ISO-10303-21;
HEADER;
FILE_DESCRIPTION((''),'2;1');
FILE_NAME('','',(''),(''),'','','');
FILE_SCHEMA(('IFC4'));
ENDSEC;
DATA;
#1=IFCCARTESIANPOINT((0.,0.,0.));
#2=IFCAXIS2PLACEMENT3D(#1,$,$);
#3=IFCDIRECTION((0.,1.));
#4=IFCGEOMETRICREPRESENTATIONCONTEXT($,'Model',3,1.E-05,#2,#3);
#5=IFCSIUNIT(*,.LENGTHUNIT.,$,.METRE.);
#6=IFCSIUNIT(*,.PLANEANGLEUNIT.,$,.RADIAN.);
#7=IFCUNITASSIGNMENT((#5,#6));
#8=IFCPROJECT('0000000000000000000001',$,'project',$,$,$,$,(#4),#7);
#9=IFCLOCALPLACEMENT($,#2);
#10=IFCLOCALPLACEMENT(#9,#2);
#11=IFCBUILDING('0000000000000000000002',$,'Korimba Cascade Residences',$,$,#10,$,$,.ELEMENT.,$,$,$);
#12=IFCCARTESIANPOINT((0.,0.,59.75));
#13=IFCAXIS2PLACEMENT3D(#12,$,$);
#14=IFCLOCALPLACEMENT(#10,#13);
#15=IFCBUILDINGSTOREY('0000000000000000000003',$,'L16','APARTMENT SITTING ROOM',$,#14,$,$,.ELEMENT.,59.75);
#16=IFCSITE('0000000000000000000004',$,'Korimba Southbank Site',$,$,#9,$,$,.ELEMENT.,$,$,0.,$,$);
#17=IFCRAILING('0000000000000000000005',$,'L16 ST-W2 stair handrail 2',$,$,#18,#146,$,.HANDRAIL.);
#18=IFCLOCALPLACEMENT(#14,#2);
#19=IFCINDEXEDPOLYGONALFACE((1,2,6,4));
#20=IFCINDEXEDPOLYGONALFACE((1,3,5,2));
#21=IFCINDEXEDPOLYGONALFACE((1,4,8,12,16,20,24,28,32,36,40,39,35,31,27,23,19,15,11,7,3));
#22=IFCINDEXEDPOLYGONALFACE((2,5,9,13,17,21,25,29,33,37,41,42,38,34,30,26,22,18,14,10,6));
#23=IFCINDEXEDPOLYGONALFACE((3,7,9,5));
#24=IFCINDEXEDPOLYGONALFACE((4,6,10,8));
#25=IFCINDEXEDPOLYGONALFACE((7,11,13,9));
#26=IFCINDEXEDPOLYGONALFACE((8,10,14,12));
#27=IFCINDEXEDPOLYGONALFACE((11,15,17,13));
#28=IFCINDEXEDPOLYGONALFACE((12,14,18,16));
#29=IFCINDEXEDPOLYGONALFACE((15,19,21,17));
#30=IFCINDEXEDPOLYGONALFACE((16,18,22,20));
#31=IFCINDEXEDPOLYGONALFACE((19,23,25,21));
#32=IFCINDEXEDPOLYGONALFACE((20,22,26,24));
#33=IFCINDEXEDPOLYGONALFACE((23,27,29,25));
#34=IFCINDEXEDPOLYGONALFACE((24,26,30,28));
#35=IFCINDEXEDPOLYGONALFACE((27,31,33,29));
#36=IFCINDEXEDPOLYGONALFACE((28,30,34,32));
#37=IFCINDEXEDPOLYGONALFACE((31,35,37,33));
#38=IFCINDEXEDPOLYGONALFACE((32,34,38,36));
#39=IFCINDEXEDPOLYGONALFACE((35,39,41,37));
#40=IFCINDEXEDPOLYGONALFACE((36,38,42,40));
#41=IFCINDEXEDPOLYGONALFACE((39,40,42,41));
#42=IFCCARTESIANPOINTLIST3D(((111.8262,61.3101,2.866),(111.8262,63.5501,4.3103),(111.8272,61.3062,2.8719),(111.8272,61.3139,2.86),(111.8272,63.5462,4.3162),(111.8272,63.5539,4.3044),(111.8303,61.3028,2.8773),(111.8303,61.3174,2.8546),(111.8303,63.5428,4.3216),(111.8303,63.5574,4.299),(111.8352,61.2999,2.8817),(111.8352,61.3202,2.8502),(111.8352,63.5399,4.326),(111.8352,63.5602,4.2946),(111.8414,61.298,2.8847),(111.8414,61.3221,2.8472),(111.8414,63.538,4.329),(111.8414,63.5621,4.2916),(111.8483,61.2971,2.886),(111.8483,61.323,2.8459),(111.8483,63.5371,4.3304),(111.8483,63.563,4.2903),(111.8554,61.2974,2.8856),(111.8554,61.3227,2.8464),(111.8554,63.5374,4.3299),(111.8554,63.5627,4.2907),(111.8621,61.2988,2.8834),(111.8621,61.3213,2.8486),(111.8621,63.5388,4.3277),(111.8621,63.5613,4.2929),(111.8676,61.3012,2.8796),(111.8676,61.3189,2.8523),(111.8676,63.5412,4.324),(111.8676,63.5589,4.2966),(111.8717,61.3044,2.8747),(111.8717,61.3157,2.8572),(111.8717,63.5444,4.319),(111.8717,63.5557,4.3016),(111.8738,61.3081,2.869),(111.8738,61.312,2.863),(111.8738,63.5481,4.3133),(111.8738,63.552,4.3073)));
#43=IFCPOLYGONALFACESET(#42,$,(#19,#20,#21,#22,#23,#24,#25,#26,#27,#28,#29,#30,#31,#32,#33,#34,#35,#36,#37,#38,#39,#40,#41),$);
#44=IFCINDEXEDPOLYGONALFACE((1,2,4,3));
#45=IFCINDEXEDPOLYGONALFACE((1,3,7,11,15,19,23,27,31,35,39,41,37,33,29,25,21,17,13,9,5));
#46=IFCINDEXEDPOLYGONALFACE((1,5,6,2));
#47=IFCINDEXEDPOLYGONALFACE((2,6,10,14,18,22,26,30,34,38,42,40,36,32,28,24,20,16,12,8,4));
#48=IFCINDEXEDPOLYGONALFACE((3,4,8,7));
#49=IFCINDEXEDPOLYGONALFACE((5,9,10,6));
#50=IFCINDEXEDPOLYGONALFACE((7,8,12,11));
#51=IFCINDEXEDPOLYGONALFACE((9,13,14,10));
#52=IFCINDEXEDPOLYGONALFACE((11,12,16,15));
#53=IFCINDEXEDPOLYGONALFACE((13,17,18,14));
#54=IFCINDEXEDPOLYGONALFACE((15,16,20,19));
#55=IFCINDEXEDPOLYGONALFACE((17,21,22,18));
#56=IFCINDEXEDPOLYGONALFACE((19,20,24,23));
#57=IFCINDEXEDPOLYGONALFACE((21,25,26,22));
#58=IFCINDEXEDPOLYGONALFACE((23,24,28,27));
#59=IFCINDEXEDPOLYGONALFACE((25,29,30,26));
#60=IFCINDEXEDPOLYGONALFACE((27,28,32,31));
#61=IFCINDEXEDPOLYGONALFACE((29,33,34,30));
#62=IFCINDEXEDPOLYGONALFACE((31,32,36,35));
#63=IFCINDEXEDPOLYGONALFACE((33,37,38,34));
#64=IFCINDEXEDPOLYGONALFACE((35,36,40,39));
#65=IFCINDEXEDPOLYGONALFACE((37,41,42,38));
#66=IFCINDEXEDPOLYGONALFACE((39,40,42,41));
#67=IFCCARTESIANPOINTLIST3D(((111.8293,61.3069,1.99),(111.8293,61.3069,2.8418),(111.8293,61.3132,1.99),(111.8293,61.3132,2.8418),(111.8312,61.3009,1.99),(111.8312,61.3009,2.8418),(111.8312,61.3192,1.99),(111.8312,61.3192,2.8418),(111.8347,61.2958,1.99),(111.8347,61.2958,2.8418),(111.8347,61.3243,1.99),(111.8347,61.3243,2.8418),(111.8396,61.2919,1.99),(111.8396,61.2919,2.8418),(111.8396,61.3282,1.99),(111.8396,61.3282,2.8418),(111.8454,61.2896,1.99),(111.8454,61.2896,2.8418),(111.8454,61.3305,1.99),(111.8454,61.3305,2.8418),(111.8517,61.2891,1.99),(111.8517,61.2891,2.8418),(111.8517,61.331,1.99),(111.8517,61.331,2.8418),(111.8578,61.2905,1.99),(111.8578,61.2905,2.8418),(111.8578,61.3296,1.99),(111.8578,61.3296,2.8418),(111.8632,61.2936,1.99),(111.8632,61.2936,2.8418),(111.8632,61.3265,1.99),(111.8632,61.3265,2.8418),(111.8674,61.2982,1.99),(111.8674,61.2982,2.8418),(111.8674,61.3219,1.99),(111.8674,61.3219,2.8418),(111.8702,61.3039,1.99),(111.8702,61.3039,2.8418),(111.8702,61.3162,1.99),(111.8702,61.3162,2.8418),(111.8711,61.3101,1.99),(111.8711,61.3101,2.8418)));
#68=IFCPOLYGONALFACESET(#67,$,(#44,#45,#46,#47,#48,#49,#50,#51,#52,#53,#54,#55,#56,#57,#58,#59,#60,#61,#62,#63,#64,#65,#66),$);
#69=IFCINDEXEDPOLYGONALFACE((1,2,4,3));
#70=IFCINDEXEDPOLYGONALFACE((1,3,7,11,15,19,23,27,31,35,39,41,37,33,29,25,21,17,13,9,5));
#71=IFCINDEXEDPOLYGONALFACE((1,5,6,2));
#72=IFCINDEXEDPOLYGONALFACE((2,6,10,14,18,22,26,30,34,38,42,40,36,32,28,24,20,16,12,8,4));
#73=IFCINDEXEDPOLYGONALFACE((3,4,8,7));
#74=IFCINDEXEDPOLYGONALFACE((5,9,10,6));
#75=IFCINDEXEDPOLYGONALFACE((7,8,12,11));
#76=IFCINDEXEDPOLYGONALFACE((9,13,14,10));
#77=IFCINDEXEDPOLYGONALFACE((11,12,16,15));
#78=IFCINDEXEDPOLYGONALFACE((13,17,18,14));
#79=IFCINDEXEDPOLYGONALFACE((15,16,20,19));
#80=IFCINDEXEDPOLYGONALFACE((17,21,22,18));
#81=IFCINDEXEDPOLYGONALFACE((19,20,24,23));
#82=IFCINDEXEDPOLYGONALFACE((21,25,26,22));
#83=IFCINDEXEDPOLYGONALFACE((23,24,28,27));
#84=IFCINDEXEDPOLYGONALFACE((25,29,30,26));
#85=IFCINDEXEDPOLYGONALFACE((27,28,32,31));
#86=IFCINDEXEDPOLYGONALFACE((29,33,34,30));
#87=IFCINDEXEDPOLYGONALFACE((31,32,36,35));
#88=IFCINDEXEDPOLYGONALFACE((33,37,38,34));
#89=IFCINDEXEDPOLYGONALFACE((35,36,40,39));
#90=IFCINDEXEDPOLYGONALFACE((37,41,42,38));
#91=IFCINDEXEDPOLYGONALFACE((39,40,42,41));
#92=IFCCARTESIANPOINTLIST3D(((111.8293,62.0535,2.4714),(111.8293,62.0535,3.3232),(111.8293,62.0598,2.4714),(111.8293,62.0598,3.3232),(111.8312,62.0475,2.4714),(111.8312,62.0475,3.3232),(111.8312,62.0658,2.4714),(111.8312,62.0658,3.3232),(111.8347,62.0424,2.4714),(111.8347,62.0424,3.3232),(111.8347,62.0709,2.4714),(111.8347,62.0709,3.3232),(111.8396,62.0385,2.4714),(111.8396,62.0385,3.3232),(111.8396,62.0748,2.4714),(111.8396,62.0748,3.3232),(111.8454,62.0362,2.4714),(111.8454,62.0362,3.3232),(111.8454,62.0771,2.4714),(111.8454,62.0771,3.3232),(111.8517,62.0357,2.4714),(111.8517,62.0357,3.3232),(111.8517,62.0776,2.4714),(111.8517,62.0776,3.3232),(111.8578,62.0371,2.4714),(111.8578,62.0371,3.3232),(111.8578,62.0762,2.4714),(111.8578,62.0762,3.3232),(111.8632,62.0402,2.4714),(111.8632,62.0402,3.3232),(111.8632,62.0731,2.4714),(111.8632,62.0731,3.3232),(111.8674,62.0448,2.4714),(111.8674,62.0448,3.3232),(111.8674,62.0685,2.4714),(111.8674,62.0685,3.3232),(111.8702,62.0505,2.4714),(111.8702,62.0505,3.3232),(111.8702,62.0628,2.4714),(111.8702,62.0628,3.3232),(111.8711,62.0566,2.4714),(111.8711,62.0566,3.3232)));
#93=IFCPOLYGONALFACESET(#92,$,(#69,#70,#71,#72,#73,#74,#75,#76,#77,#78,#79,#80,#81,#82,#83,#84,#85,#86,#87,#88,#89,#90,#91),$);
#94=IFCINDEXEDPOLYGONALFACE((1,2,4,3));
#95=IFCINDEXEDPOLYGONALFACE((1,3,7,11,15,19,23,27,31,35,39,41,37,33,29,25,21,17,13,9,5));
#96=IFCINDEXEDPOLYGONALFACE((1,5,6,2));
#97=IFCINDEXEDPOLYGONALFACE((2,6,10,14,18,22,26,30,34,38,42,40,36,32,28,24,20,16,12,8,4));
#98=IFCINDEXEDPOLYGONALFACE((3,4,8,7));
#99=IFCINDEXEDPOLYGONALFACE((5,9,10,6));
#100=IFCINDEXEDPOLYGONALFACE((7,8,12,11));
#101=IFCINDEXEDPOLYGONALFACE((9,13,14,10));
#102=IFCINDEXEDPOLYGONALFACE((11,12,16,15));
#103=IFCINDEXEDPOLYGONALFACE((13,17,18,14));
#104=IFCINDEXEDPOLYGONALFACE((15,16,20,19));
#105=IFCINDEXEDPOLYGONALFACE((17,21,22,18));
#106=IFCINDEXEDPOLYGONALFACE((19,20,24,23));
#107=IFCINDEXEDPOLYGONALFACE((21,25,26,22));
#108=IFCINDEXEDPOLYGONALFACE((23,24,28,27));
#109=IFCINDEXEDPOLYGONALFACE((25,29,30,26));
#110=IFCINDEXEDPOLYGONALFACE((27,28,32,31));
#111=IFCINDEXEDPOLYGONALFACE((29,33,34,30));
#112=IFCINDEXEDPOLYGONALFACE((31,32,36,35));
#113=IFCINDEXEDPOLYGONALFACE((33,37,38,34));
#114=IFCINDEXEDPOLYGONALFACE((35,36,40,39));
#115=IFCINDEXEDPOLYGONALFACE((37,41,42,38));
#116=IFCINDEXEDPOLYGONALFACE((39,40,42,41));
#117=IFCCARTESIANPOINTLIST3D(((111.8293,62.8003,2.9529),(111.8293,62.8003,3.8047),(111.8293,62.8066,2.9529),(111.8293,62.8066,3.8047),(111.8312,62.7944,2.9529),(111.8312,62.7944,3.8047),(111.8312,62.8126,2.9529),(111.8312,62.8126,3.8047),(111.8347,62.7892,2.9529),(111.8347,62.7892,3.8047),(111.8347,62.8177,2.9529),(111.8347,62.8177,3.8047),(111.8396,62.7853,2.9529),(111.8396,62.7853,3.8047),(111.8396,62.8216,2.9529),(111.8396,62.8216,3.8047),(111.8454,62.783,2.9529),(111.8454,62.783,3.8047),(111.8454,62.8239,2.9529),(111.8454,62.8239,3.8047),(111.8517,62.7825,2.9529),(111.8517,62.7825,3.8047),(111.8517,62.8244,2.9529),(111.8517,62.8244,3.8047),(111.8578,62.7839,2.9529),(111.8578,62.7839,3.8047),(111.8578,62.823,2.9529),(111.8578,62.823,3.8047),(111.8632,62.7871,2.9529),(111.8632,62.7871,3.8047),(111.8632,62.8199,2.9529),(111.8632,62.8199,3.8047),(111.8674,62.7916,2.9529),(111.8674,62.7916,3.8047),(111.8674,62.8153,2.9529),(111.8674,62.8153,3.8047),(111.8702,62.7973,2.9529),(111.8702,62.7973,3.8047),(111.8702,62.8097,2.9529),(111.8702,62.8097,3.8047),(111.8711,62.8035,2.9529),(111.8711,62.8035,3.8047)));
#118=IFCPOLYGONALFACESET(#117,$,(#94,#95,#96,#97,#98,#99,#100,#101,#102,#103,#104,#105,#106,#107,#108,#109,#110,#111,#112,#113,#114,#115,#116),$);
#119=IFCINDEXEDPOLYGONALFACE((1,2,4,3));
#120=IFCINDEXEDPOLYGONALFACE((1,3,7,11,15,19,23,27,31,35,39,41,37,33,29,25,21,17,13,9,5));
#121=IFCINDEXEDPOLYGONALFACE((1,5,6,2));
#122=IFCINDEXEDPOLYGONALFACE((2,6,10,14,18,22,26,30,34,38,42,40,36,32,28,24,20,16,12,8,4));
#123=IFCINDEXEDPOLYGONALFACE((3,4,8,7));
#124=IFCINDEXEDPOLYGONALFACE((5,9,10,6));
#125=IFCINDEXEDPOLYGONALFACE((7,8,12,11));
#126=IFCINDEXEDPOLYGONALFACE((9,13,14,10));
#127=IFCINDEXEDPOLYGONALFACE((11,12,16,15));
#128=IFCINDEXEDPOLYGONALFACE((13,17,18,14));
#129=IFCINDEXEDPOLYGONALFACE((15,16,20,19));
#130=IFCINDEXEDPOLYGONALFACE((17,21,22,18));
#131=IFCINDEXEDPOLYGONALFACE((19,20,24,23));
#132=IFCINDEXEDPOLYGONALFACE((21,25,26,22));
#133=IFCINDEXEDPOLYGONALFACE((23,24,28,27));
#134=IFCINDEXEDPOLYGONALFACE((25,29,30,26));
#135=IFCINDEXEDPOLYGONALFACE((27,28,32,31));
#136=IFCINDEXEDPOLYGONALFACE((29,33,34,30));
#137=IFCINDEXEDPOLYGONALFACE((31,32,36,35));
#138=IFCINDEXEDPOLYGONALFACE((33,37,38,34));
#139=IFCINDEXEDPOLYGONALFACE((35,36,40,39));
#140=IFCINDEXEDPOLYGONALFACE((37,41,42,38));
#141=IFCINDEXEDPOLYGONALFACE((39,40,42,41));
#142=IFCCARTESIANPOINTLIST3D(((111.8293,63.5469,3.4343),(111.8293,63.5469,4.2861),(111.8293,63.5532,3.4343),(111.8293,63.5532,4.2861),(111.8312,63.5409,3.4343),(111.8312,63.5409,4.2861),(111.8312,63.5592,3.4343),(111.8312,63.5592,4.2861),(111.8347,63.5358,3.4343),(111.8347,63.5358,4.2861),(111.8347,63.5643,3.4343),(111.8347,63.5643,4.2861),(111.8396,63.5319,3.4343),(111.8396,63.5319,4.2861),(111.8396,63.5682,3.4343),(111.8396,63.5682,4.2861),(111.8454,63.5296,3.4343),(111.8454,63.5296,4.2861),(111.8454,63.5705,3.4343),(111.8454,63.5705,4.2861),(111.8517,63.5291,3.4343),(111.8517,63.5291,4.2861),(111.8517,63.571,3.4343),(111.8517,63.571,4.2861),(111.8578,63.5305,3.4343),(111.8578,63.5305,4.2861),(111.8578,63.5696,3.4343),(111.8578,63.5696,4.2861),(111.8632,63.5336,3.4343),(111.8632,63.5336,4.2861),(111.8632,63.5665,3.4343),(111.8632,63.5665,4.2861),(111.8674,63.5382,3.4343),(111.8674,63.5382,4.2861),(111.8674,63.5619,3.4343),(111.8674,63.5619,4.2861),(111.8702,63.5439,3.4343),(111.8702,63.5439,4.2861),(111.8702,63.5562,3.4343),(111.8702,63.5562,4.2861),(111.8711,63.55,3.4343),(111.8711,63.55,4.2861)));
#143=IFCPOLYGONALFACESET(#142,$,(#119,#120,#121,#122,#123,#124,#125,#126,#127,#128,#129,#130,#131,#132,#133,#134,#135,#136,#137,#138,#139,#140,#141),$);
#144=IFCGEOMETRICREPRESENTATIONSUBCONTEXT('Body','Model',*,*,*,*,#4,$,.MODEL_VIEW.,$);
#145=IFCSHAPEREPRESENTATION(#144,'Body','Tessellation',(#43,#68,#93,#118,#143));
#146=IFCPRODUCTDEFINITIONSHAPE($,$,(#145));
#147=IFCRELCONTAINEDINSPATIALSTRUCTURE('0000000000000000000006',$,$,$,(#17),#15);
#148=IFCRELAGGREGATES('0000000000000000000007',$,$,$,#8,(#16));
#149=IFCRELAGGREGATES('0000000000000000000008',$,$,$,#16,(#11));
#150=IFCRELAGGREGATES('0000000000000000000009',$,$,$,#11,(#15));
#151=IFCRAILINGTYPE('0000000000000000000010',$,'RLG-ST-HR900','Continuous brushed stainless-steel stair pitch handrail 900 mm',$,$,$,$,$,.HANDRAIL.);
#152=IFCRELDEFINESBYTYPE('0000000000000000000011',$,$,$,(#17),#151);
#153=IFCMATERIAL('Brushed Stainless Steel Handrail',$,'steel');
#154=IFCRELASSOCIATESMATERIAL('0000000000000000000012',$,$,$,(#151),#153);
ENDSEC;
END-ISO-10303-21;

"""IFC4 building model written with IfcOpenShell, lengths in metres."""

from ifc_helpers import new_model, si_unit, direction, frame, origin, origin_2d, place, context, subcontext, project, spatial, circle, extrude, material, type_object, element, save


model = new_model("IFC4")

# Units and contexts
model_context = context("Model", 3, precision=1e-05, world=origin(), true_north=direction((0.0, 1.0)))
body_context = subcontext(model_context, "Body", "Model", "MODEL_VIEW")
ifc_project = project(units=[si_unit("LENGTHUNIT", "METRE"), si_unit("PLANEANGLEUNIT", "RADIAN")], contexts=[model_context])

# Site, building, storey
site_placement = place(None, origin())
site = spatial("IfcSite", under=ifc_project, at=site_placement, Name="Korimba Southbank Site", CompositionType="ELEMENT", RefElevation=0.0)
building_placement = place(site_placement, origin())
building = spatial("IfcBuilding", under=site, at=building_placement, Name="Korimba Cascade Residences", CompositionType="ELEMENT")
storey_placement = place(building_placement, frame((0.0, 0.0, 59.75)))
storey = spatial("IfcBuildingStorey", under=building, at=storey_placement, Name="L16", Description="APARTMENT SITTING ROOM", CompositionType="ELEMENT", Elevation=59.75)

# Railing
ifc_material_1 = material(Name="Brushed Stainless Steel Handrail", Category="steel")
railing_type_1 = type_object("IfcRailingType", Name="RLG-ST-HR900", Description="Continuous brushed stainless-steel stair pitch handrail 900 mm", PredefinedType="HANDRAIL", material=ifc_material_1)
railing_1_placement = place(storey_placement, frame((111.8501, 61.3101, 1.99)))
element("IfcRailing", 1, at=railing_1_placement, inside=storey, type_object=railing_type_1, Name="L16 ST-W2 stair handrail 2", PredefinedType="HANDRAIL", context=body_context, shape_type="SweptSolid", body=[
    extrude(circle(Radius=0.0239, at=origin_2d()), frame((0.0, 0.0, 0.876), z_axis=(0.0, 0.840437, 0.54191), x_axis=(-1.0, 0.0, 0.0)), (0.0, 0.0, 1.0), 2.6653),
    extrude(circle(Radius=0.021, at=origin_2d()), origin(), (0.0, 0.0, 1.0), 0.8518),
    extrude(circle(Radius=0.021, at=origin_2d()), frame((0.0, 0.7466, 0.4814)), (0.0, 0.0, 1.0), 0.8518),
    extrude(circle(Radius=0.021, at=origin_2d()), frame((0.0, 1.4934, 0.9629)), (0.0, 0.0, 1.0), 0.8518),
    extrude(circle(Radius=0.021, at=origin_2d()), frame((0.0, 2.24, 1.4443)), (0.0, 0.0, 1.0), 0.8518),
])

save(model, "model.ifc")
